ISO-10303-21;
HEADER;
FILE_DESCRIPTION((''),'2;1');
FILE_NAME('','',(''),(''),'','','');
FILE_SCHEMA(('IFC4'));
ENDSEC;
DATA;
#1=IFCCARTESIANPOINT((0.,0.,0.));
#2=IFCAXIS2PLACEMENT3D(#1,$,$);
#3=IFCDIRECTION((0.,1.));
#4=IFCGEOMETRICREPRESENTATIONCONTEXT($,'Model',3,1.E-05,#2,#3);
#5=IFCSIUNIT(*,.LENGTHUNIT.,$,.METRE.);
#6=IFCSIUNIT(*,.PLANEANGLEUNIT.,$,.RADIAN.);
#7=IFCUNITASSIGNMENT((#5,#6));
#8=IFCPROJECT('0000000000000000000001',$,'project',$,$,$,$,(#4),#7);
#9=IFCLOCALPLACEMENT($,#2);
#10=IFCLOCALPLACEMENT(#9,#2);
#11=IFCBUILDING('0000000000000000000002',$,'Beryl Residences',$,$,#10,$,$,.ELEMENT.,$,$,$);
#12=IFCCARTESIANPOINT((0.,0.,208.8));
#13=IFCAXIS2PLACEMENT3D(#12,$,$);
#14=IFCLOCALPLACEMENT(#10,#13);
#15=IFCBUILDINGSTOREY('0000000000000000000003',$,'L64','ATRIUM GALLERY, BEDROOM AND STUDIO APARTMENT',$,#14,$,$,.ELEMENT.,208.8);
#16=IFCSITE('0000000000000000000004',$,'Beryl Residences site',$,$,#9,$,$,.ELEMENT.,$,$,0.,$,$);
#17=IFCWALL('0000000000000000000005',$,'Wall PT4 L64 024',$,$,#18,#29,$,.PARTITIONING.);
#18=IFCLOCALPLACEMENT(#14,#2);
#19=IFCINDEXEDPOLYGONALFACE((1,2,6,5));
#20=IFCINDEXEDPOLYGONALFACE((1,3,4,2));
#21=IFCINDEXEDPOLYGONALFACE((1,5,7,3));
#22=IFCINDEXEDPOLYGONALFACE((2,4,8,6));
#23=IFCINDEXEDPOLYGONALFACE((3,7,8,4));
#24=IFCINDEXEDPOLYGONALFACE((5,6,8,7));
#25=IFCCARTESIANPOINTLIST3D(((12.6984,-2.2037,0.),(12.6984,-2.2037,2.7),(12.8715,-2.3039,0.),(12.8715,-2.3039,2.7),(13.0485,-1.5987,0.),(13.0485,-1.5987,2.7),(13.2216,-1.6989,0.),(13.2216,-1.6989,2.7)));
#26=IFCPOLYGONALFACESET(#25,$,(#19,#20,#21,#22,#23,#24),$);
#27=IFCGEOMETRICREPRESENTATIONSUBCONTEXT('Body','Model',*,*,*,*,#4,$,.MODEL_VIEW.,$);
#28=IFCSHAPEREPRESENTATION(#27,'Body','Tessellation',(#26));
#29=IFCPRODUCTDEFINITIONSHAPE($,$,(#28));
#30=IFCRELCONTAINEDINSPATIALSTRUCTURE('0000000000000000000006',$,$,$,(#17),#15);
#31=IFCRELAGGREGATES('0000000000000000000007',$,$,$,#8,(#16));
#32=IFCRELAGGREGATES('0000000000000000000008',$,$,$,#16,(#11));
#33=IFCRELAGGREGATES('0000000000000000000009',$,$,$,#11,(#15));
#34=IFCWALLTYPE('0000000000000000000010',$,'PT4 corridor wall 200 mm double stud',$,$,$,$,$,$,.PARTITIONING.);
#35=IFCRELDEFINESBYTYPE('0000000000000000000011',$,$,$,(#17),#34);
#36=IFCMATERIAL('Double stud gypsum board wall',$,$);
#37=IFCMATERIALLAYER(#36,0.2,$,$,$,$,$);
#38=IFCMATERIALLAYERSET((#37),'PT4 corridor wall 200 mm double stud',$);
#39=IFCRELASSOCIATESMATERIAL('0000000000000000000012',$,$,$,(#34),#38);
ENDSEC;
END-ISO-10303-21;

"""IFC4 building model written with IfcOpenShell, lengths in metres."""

from ifc_helpers import new_model, si_unit, direction, frame, frame_2d, origin, place, context, subcontext, project, spatial, rectangle, extrude, material, layer, layer_set, type_object, element, save


model = new_model("IFC4")

# Units and contexts
model_context = context("Model", 3, precision=1e-05, world=origin(), true_north=direction((0.0, 1.0)))
body_context = subcontext(model_context, "Body", "Model", "MODEL_VIEW")
ifc_project = project(units=[si_unit("LENGTHUNIT", "METRE"), si_unit("PLANEANGLEUNIT", "RADIAN")], contexts=[model_context])

# Site, building, storey
site_placement = place(None, origin())
site = spatial("IfcSite", under=ifc_project, at=site_placement, Name="Beryl Residences site", CompositionType="ELEMENT", RefElevation=0.0)
building_placement = place(site_placement, origin())
building = spatial("IfcBuilding", under=site, at=building_placement, Name="Beryl Residences", CompositionType="ELEMENT")
storey_placement = place(building_placement, frame((0.0, 0.0, 208.8)))
storey = spatial("IfcBuildingStorey", under=building, at=storey_placement, Name="L64", Description="ATRIUM GALLERY, BEDROOM AND STUDIO APARTMENT", CompositionType="ELEMENT", Elevation=208.8)

# Wall
ifc_material_1 = material(Name="Double stud gypsum board wall")
ifc_layer_1 = layer(ifc_material_1, 0.2)
ifc_layer_set_1 = layer_set([ifc_layer_1], Name="PT4 corridor wall 200 mm double stud")
wall_type_1 = type_object("IfcWallType", Name="PT4 corridor wall 200 mm double stud", PredefinedType="PARTITIONING", material=ifc_layer_set_1)
wall_1_placement = place(storey_placement, frame((12.7849, -2.2539, 0.0), z_axis=(0.0, 0.0, 1.0), x_axis=(0.500871, 0.865522, 0.0)))
element("IfcWall", 1, at=wall_1_placement, inside=storey, type_object=wall_type_1, Name="Wall PT4 L64 024", PredefinedType="PARTITIONING", context=body_context, shape_type="SweptSolid", body=[
    extrude(rectangle(XDim=0.699, YDim=0.2, at=frame_2d((0.3496, 0.0))), origin(), (0.0, 0.0, 1.0), 2.7),
])

save(model, "model.ifc")
